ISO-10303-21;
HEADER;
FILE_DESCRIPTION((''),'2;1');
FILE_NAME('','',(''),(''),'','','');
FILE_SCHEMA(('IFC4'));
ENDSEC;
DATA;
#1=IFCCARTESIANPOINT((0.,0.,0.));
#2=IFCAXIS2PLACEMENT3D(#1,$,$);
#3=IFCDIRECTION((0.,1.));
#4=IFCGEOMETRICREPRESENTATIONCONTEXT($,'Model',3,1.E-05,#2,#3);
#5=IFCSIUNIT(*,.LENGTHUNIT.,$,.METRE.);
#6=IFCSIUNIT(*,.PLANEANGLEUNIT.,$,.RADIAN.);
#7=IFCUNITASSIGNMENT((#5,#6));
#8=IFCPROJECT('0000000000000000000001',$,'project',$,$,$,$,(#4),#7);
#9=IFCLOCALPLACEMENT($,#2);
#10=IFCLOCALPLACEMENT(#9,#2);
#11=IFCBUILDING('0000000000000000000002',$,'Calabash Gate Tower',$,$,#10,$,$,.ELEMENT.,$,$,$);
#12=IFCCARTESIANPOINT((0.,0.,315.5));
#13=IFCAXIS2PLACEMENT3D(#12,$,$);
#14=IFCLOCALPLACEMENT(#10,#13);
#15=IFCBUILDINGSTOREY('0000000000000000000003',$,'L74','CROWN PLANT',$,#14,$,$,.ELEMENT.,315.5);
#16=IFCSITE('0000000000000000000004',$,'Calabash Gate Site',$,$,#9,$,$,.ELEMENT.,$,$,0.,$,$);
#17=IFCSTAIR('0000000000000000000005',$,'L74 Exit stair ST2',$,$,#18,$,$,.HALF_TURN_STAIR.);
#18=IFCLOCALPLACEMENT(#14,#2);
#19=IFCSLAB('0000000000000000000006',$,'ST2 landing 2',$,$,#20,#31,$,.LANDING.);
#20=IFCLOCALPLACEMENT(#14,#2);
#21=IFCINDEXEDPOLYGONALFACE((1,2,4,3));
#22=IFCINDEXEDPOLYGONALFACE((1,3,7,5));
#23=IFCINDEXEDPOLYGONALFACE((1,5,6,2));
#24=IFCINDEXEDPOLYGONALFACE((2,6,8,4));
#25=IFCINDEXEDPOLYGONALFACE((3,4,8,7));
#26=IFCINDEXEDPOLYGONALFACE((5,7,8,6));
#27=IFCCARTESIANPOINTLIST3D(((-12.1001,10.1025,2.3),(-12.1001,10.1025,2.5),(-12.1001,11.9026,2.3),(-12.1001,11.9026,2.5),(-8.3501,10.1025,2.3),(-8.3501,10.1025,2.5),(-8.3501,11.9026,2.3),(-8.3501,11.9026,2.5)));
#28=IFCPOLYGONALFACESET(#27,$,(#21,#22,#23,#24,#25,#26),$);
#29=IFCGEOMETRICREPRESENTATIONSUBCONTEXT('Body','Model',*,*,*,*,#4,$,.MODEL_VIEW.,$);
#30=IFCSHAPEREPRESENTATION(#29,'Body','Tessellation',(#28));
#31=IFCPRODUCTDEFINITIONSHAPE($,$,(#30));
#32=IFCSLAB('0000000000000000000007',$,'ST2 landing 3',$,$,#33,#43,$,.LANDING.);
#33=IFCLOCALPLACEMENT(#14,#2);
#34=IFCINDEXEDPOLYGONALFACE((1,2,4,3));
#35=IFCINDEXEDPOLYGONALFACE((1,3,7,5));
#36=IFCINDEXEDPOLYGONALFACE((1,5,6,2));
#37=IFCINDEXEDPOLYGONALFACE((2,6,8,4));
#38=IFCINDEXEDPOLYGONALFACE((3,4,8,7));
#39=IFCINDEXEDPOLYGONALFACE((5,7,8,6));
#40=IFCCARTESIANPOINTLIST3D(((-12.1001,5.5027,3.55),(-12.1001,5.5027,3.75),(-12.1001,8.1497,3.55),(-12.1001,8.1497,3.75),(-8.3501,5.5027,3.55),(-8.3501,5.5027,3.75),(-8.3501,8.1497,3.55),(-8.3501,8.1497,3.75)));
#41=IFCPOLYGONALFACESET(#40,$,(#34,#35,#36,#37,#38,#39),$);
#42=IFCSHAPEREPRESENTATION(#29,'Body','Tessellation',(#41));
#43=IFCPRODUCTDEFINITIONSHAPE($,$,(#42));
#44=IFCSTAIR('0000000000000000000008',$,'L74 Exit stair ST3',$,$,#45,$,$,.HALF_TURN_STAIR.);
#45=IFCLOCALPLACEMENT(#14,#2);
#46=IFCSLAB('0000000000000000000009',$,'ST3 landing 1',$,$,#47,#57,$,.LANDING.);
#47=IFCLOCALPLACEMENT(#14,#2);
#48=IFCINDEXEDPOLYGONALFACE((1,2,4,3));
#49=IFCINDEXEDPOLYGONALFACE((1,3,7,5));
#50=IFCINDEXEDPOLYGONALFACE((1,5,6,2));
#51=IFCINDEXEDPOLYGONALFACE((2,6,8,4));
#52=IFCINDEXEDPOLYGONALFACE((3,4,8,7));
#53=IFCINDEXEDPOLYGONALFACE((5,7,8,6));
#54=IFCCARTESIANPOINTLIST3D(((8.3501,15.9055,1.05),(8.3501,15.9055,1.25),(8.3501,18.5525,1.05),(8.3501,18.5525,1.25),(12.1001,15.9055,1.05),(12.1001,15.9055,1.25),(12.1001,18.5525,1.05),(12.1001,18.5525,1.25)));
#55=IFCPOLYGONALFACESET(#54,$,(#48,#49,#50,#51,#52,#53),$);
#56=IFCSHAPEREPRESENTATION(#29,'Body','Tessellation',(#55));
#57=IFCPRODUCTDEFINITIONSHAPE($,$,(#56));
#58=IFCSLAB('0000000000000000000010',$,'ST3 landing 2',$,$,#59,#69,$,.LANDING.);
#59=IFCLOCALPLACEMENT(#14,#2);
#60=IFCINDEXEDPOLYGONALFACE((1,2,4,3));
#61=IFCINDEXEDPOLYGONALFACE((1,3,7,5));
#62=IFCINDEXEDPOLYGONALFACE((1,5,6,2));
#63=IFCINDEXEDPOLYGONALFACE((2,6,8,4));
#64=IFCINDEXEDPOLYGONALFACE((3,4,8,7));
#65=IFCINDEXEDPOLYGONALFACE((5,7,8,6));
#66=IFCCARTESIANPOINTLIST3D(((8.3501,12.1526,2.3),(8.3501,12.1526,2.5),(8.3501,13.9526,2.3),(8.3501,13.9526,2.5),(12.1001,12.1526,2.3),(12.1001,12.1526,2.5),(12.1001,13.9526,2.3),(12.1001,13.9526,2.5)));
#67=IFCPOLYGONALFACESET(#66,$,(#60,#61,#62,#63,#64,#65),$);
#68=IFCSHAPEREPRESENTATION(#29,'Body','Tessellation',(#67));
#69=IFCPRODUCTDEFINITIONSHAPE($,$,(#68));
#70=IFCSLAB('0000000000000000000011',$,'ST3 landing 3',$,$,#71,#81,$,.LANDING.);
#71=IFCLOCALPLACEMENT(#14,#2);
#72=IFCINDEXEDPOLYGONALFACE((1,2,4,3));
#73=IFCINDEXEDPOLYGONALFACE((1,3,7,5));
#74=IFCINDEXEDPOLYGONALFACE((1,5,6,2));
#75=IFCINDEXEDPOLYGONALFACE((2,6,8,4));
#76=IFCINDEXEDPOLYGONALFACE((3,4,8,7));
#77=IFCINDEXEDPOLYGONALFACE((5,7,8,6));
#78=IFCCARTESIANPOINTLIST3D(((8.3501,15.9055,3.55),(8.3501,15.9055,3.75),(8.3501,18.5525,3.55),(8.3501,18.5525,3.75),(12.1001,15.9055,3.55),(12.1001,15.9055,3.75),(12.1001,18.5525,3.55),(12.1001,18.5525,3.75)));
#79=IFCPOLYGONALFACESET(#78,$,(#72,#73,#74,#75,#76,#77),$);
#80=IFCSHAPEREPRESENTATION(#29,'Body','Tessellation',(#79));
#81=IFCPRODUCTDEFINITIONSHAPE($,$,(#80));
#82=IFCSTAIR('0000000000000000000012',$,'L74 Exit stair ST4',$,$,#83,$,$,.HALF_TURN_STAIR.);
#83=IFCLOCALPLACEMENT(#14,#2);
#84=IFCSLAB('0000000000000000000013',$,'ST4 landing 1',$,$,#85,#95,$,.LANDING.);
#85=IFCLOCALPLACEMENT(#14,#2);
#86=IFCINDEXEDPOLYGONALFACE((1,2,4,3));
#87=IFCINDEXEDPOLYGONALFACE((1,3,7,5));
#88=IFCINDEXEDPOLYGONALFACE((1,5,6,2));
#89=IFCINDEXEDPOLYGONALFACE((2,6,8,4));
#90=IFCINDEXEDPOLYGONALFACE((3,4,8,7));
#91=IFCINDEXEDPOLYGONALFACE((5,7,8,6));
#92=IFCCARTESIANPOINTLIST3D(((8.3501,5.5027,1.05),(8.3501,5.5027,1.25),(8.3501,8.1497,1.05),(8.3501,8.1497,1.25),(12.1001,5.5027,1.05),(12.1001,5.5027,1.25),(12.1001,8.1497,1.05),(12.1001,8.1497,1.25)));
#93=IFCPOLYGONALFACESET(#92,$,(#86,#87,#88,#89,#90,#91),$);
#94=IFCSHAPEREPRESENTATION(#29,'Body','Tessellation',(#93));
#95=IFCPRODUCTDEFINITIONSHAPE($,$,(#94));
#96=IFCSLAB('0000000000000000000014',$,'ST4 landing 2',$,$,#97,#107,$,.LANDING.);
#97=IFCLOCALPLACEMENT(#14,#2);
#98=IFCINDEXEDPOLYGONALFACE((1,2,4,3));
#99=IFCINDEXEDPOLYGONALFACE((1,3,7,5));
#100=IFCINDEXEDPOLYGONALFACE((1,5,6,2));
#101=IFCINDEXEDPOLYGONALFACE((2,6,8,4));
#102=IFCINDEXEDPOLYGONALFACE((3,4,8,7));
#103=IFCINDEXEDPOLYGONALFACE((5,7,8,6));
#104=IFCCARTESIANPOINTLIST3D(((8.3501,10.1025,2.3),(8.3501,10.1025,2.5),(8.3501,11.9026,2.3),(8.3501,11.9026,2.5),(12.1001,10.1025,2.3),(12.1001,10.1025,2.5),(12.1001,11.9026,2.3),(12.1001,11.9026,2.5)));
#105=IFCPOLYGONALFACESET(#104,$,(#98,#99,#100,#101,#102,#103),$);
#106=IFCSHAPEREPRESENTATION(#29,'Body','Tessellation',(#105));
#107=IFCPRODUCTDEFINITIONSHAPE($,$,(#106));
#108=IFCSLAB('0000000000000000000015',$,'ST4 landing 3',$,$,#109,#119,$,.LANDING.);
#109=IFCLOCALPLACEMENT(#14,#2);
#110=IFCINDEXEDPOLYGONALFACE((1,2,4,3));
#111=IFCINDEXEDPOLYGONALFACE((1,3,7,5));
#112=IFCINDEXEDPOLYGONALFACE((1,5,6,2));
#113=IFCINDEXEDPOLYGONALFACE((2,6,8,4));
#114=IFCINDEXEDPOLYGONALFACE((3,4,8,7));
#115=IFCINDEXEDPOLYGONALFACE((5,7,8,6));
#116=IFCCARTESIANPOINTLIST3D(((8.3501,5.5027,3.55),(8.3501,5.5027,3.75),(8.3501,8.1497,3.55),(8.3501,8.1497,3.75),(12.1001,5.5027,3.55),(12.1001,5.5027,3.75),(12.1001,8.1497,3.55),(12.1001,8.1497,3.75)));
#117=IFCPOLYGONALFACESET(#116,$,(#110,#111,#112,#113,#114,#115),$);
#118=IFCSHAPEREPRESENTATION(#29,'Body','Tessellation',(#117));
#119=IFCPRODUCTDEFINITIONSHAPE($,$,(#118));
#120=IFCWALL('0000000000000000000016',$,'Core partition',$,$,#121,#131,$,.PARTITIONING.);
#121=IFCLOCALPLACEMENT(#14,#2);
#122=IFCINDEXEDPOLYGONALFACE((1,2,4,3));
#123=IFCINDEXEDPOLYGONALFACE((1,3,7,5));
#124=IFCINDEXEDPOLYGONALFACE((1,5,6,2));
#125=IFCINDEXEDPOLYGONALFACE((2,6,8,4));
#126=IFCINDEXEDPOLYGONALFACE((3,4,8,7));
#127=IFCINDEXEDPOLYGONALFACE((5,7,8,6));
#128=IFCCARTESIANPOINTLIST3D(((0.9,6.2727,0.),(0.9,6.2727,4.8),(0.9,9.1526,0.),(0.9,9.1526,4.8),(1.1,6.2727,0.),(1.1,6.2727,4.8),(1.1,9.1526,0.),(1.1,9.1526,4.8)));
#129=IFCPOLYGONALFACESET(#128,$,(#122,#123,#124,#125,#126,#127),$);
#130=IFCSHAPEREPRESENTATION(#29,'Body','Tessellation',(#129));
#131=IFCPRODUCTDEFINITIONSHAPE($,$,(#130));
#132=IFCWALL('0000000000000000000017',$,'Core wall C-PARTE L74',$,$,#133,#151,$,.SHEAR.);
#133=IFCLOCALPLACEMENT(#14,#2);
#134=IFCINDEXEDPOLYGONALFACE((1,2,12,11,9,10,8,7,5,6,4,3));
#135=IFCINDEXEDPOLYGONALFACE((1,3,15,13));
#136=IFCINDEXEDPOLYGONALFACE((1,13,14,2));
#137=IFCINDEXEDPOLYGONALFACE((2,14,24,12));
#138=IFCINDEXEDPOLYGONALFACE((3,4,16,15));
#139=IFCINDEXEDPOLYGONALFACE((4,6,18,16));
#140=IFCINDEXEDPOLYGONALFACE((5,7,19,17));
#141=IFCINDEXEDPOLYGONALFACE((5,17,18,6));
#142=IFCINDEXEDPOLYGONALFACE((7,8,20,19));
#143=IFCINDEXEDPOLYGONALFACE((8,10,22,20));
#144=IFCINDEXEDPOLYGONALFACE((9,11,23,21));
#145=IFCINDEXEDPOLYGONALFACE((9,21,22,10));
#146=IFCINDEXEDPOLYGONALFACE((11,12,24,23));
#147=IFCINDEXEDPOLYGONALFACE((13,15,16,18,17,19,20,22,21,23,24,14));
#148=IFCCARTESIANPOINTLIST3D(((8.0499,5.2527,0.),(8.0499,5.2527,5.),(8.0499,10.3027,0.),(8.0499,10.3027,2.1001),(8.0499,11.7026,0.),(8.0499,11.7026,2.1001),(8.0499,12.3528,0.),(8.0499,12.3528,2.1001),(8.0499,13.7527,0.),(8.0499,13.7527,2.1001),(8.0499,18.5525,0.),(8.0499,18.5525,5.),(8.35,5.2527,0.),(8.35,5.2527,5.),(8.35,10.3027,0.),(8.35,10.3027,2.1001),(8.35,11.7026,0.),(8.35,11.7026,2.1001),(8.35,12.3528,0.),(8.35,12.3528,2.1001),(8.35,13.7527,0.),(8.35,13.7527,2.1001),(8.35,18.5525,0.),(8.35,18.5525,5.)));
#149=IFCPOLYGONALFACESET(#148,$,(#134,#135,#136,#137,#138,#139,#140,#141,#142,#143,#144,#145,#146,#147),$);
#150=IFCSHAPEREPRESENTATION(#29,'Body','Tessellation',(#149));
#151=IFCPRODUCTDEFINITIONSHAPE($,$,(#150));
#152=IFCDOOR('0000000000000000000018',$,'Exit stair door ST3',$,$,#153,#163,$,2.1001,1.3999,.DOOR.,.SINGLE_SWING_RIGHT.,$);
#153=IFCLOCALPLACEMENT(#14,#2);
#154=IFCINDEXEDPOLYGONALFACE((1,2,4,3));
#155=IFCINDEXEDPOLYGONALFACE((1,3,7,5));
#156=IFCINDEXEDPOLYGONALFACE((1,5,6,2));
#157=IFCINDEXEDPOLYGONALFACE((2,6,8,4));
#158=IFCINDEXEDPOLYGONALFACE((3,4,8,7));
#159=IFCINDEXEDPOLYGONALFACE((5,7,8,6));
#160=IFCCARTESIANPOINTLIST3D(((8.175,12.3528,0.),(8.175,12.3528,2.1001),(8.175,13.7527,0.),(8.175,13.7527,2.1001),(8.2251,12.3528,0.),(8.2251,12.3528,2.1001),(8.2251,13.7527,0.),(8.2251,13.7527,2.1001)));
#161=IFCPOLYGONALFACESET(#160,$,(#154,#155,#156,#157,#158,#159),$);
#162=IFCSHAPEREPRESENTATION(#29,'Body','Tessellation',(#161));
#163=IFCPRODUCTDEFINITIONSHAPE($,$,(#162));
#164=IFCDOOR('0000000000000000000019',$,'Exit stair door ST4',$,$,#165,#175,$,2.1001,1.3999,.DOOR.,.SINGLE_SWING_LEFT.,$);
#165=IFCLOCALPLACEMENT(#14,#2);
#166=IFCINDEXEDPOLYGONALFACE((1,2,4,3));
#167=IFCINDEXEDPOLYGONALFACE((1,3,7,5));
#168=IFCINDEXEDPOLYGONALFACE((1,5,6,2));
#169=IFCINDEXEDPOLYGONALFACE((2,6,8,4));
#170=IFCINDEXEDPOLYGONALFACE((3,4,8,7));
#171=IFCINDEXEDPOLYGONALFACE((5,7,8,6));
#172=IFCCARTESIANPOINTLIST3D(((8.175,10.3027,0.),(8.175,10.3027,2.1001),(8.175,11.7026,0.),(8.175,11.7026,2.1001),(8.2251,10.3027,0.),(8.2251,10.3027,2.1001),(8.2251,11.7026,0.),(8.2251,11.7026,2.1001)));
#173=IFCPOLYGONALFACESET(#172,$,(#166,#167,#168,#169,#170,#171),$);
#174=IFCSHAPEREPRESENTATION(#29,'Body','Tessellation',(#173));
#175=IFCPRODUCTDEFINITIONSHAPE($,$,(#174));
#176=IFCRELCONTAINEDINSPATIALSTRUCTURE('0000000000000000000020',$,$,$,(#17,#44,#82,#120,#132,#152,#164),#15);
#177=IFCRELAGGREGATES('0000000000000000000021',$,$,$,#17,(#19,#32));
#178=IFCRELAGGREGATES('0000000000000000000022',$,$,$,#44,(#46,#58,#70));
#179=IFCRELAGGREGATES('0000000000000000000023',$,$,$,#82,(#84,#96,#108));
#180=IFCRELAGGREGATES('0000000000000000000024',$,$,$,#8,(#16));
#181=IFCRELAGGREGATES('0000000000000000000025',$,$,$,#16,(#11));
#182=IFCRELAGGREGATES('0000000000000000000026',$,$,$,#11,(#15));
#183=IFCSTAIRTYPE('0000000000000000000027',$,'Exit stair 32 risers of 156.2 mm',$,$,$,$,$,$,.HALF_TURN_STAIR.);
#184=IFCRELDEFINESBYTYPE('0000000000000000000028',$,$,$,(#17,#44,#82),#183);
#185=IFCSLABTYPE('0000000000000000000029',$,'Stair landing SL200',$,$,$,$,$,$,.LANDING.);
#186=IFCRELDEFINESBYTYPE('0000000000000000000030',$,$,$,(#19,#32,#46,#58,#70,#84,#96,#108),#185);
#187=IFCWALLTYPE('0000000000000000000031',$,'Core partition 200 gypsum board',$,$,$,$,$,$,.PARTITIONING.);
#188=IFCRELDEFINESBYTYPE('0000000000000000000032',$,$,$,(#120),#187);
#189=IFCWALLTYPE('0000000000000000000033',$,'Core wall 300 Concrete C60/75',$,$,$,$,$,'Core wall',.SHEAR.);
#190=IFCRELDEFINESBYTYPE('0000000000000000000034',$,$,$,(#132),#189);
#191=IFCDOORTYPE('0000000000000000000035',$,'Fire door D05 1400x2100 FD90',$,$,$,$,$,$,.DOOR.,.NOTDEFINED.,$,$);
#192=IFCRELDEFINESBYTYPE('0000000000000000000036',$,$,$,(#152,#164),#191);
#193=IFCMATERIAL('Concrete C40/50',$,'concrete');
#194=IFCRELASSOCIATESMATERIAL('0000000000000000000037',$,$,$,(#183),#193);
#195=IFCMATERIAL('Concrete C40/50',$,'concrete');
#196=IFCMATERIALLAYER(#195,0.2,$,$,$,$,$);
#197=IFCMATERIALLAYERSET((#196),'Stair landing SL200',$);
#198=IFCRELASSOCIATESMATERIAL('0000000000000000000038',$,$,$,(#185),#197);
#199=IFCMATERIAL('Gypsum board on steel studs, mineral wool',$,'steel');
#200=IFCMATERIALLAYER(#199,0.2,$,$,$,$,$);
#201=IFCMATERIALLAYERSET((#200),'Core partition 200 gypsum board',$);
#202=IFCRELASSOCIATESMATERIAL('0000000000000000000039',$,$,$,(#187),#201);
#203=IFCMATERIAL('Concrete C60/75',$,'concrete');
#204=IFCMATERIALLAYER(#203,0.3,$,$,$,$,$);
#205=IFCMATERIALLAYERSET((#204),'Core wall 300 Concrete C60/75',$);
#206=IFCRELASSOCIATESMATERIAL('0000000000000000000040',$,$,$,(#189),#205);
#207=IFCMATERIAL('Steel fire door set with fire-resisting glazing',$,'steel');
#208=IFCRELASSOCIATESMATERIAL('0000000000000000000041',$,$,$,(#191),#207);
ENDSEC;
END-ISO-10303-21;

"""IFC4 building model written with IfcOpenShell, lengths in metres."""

from ifc_helpers import new_model, si_unit, direction, frame, frame_2d, origin, place, context, subcontext, project, spatial, polyline, rectangle, outline, extrude, material, layer, layer_set, type_object, element, fill, aggregate, save


model = new_model("IFC4")

# Units and contexts
model_context = context("Model", 3, precision=1e-05, world=origin(), true_north=direction((0.0, 1.0)))
body_context = subcontext(model_context, "Body", "Model", "MODEL_VIEW")
ifc_project = project(units=[si_unit("LENGTHUNIT", "METRE"), si_unit("PLANEANGLEUNIT", "RADIAN")], contexts=[model_context])

# Site, building, storey
site_placement = place(None, origin())
site = spatial("IfcSite", under=ifc_project, at=site_placement, Name="Calabash Gate Site", CompositionType="ELEMENT", RefElevation=0.0)
building_placement = place(site_placement, origin())
building = spatial("IfcBuilding", under=site, at=building_placement, Name="Calabash Gate Tower", CompositionType="ELEMENT")
storey_placement = place(building_placement, frame((0.0, 0.0, 315.5)))
storey = spatial("IfcBuildingStorey", under=building, at=storey_placement, Name="L74", Description="CROWN PLANT", CompositionType="ELEMENT", Elevation=315.5)

# Stairs, slabs
ifc_material_1 = material(Name="Concrete C40/50", Category="concrete")
stair_type = type_object("IfcStairType", Name="Exit stair 32 risers of 156.2 mm", PredefinedType="HALF_TURN_STAIR", material=ifc_material_1)
stair_1_placement = place(storey_placement, origin())
stair_1 = element("IfcStair", 1, at=stair_1_placement, inside=storey, type_object=stair_type, Name="L74 Exit stair ST2", PredefinedType="HALF_TURN_STAIR")
ifc_material_2 = material(Name="Concrete C40/50", Category="concrete")
ifc_layer_1 = layer(ifc_material_2, 0.2)
ifc_layer_set_1 = layer_set([ifc_layer_1], Name="Stair landing SL200")
slab_type = type_object("IfcSlabType", Name="Stair landing SL200", PredefinedType="LANDING", material=ifc_layer_set_1)
slab_1_placement = place(storey_placement, frame((0.0, 0.0, 2.3)))
slab_1 = element("IfcSlab", 2, at=slab_1_placement, type_object=slab_type, Name="ST2 landing 2", PredefinedType="LANDING", context=body_context, shape_type="SweptSolid", body=[
    extrude(outline(polyline([(-12.1001, 11.9026), (-12.1001, 10.1025), (-8.3501, 10.1025), (-8.3501, 11.9026), (-12.1001, 11.9026)])), origin(), (0.0, 0.0, 1.0), 0.2),
])
slab_2_placement = place(storey_placement, frame((0.0, 0.0, 3.55)))
slab_2 = element("IfcSlab", 3, at=slab_2_placement, type_object=slab_type, Name="ST2 landing 3", PredefinedType="LANDING", context=body_context, shape_type="SweptSolid", body=[
    extrude(outline(polyline([(-12.1001, 8.1497), (-12.1001, 5.5027), (-8.3501, 5.5027), (-8.3501, 8.1497), (-12.1001, 8.1497)])), origin(), (0.0, 0.0, 1.0), 0.2),
])
aggregate(stair_1, [slab_1, slab_2])
stair_2_placement = place(storey_placement, origin())
stair_2 = element("IfcStair", 4, at=stair_2_placement, inside=storey, type_object=stair_type, Name="L74 Exit stair ST3", PredefinedType="HALF_TURN_STAIR")
slab_3_placement = place(storey_placement, frame((0.0, 0.0, 1.05)))
slab_3 = element("IfcSlab", 5, at=slab_3_placement, type_object=slab_type, Name="ST3 landing 1", PredefinedType="LANDING", context=body_context, shape_type="SweptSolid", body=[
    extrude(outline(polyline([(12.1001, 15.9055), (12.1001, 18.5525), (8.3501, 18.5525), (8.3501, 15.9055), (12.1001, 15.9055)])), origin(), (0.0, 0.0, 1.0), 0.2),
])
slab_4_placement = place(storey_placement, frame((0.0, 0.0, 2.3)))
slab_4 = element("IfcSlab", 6, at=slab_4_placement, type_object=slab_type, Name="ST3 landing 2", PredefinedType="LANDING", context=body_context, shape_type="SweptSolid", body=[
    extrude(outline(polyline([(12.1001, 12.1526), (12.1001, 13.9526), (8.3501, 13.9526), (8.3501, 12.1526), (12.1001, 12.1526)])), origin(), (0.0, 0.0, 1.0), 0.2),
])
slab_5_placement = place(storey_placement, frame((0.0, 0.0, 3.55)))
slab_5 = element("IfcSlab", 7, at=slab_5_placement, type_object=slab_type, Name="ST3 landing 3", PredefinedType="LANDING", context=body_context, shape_type="SweptSolid", body=[
    extrude(outline(polyline([(12.1001, 15.9055), (12.1001, 18.5525), (8.3501, 18.5525), (8.3501, 15.9055), (12.1001, 15.9055)])), origin(), (0.0, 0.0, 1.0), 0.2),
])
aggregate(stair_2, [slab_3, slab_4, slab_5])
stair_3_placement = place(storey_placement, origin())
stair_3 = element("IfcStair", 8, at=stair_3_placement, inside=storey, type_object=stair_type, Name="L74 Exit stair ST4", PredefinedType="HALF_TURN_STAIR")
slab_6_placement = place(storey_placement, frame((0.0, 0.0, 1.05)))
slab_6 = element("IfcSlab", 9, at=slab_6_placement, type_object=slab_type, Name="ST4 landing 1", PredefinedType="LANDING", context=body_context, shape_type="SweptSolid", body=[
    extrude(outline(polyline([(8.3501, 8.1497), (8.3501, 5.5027), (12.1001, 5.5027), (12.1001, 8.1497), (8.3501, 8.1497)])), origin(), (0.0, 0.0, 1.0), 0.2),
])
slab_7_placement = place(storey_placement, frame((0.0, 0.0, 2.3)))
slab_7 = element("IfcSlab", 10, at=slab_7_placement, type_object=slab_type, Name="ST4 landing 2", PredefinedType="LANDING", context=body_context, shape_type="SweptSolid", body=[
    extrude(outline(polyline([(8.3501, 11.9026), (8.3501, 10.1025), (12.1001, 10.1025), (12.1001, 11.9026), (8.3501, 11.9026)])), origin(), (0.0, 0.0, 1.0), 0.2),
])
slab_8_placement = place(storey_placement, frame((0.0, 0.0, 3.55)))
slab_8 = element("IfcSlab", 11, at=slab_8_placement, type_object=slab_type, Name="ST4 landing 3", PredefinedType="LANDING", context=body_context, shape_type="SweptSolid", body=[
    extrude(outline(polyline([(8.3501, 8.1497), (8.3501, 5.5027), (12.1001, 5.5027), (12.1001, 8.1497), (8.3501, 8.1497)])), origin(), (0.0, 0.0, 1.0), 0.2),
])
aggregate(stair_3, [slab_6, slab_7, slab_8])

# Wall
ifc_material_3 = material(Name="Gypsum board on steel studs, mineral wool", Category="steel")
ifc_layer_2 = layer(ifc_material_3, 0.2)
ifc_layer_set_2 = layer_set([ifc_layer_2], Name="Core partition 200 gypsum board")
wall_type_1 = type_object("IfcWallType", Name="Core partition 200 gypsum board", PredefinedType="PARTITIONING", material=ifc_layer_set_2)
wall_1_placement = place(storey_placement, frame((1.0, 6.2727, 0.0), z_axis=(0.0, 0.0, 1.0), x_axis=(0.0, 1.0, 0.0)))
element("IfcWall", 12, at=wall_1_placement, inside=storey, type_object=wall_type_1, Name="Core partition", PredefinedType="PARTITIONING", context=body_context, shape_type="SweptSolid", body=[
    extrude(rectangle(XDim=2.8799, YDim=0.2, at=frame_2d((1.4399, 0.0))), origin(), (0.0, 0.0, 1.0), 4.8),
])

# Wall, openings, doors
ifc_material_4 = material(Name="Concrete C60/75", Category="concrete")
ifc_layer_3 = layer(ifc_material_4, 0.3)
ifc_layer_set_3 = layer_set([ifc_layer_3], Name="Core wall 300 Concrete C60/75")
wall_type_2 = type_object("IfcWallType", Name="Core wall 300 Concrete C60/75", ElementType="Core wall", PredefinedType="SHEAR", material=ifc_layer_set_3)
wall_2_placement = place(storey_placement, frame((8.2, 5.2527, 0.0), z_axis=(0.0, 0.0, 1.0), x_axis=(0.0, 1.0, 0.0)))
wall_2 = element("IfcWall", 13, at=wall_2_placement, inside=storey, type_object=wall_type_2, Name="Core wall C-PARTE L74", PredefinedType="SHEAR", context=body_context, shape_type="SweptSolid", body=[
    extrude(rectangle(XDim=13.2998, YDim=0.3, at=frame_2d((6.6499, 0.0))), origin(), (0.0, 0.0, 1.0), 5.0),
])
opening_1_placement = place(wall_2_placement, frame((7.1001, 0.0, 0.0)))
opening_1 = element("IfcOpeningElement", 14, at=opening_1_placement, cuts=wall_2, PredefinedType="OPENING", context=body_context, shape_type="SweptSolid", body=[
    extrude(rectangle(XDim=1.3999, YDim=2.1001, at=frame_2d((0.7, 1.05))), frame((0.0, 0.1599, 0.0), z_axis=(0.0, -1.0, 0.0), x_axis=(1.0, 0.0, 0.0)), (0.0, 0.0, 1.0), 0.3201),
])
opening_2_placement = place(wall_2_placement, frame((5.05, 0.0, 0.0)))
opening_2 = element("IfcOpeningElement", 15, at=opening_2_placement, cuts=wall_2, PredefinedType="OPENING", context=body_context, shape_type="SweptSolid", body=[
    extrude(rectangle(XDim=1.3999, YDim=2.1001, at=frame_2d((0.7, 1.05))), frame((0.0, 0.1599, 0.0), z_axis=(0.0, -1.0, 0.0), x_axis=(1.0, 0.0, 0.0)), (0.0, 0.0, 1.0), 0.3201),
])
ifc_material_5 = material(Name="Steel fire door set with fire-resisting glazing", Category="steel")
door_type_1 = type_object("IfcDoorType", Name="Fire door D05 1400x2100 FD90", OperationType="NOTDEFINED", PredefinedType="DOOR", material=ifc_material_5)
door_1_placement = place(opening_1_placement, origin())
door_1 = element("IfcDoor", 16, at=door_1_placement, inside=storey, type_object=door_type_1, Name="Exit stair door ST3", OperationType="SINGLE_SWING_RIGHT", OverallHeight=2.1001, OverallWidth=1.3999, PredefinedType="DOOR", context=body_context, shape_type="SweptSolid", body=[
    extrude(rectangle(XDim=1.3999, YDim=2.1001, at=frame_2d((0.7, 1.05))), frame((0.0, 0.0249, 0.0), z_axis=(0.0, -1.0, 0.0), x_axis=(1.0, 0.0, 0.0)), (0.0, 0.0, 1.0), 0.05),
])
fill(opening_1, door_1)
door_2_placement = place(opening_2_placement, origin())
door_2 = element("IfcDoor", 17, at=door_2_placement, inside=storey, type_object=door_type_1, Name="Exit stair door ST4", OperationType="SINGLE_SWING_LEFT", OverallHeight=2.1001, OverallWidth=1.3999, PredefinedType="DOOR", context=body_context, shape_type="SweptSolid", body=[
    extrude(rectangle(XDim=1.3999, YDim=2.1001, at=frame_2d((0.7, 1.05))), frame((0.0, 0.0249, 0.0), z_axis=(0.0, -1.0, 0.0), x_axis=(1.0, 0.0, 0.0)), (0.0, 0.0, 1.0), 0.05),
])
fill(opening_2, door_2)

save(model, "model.ifc")
